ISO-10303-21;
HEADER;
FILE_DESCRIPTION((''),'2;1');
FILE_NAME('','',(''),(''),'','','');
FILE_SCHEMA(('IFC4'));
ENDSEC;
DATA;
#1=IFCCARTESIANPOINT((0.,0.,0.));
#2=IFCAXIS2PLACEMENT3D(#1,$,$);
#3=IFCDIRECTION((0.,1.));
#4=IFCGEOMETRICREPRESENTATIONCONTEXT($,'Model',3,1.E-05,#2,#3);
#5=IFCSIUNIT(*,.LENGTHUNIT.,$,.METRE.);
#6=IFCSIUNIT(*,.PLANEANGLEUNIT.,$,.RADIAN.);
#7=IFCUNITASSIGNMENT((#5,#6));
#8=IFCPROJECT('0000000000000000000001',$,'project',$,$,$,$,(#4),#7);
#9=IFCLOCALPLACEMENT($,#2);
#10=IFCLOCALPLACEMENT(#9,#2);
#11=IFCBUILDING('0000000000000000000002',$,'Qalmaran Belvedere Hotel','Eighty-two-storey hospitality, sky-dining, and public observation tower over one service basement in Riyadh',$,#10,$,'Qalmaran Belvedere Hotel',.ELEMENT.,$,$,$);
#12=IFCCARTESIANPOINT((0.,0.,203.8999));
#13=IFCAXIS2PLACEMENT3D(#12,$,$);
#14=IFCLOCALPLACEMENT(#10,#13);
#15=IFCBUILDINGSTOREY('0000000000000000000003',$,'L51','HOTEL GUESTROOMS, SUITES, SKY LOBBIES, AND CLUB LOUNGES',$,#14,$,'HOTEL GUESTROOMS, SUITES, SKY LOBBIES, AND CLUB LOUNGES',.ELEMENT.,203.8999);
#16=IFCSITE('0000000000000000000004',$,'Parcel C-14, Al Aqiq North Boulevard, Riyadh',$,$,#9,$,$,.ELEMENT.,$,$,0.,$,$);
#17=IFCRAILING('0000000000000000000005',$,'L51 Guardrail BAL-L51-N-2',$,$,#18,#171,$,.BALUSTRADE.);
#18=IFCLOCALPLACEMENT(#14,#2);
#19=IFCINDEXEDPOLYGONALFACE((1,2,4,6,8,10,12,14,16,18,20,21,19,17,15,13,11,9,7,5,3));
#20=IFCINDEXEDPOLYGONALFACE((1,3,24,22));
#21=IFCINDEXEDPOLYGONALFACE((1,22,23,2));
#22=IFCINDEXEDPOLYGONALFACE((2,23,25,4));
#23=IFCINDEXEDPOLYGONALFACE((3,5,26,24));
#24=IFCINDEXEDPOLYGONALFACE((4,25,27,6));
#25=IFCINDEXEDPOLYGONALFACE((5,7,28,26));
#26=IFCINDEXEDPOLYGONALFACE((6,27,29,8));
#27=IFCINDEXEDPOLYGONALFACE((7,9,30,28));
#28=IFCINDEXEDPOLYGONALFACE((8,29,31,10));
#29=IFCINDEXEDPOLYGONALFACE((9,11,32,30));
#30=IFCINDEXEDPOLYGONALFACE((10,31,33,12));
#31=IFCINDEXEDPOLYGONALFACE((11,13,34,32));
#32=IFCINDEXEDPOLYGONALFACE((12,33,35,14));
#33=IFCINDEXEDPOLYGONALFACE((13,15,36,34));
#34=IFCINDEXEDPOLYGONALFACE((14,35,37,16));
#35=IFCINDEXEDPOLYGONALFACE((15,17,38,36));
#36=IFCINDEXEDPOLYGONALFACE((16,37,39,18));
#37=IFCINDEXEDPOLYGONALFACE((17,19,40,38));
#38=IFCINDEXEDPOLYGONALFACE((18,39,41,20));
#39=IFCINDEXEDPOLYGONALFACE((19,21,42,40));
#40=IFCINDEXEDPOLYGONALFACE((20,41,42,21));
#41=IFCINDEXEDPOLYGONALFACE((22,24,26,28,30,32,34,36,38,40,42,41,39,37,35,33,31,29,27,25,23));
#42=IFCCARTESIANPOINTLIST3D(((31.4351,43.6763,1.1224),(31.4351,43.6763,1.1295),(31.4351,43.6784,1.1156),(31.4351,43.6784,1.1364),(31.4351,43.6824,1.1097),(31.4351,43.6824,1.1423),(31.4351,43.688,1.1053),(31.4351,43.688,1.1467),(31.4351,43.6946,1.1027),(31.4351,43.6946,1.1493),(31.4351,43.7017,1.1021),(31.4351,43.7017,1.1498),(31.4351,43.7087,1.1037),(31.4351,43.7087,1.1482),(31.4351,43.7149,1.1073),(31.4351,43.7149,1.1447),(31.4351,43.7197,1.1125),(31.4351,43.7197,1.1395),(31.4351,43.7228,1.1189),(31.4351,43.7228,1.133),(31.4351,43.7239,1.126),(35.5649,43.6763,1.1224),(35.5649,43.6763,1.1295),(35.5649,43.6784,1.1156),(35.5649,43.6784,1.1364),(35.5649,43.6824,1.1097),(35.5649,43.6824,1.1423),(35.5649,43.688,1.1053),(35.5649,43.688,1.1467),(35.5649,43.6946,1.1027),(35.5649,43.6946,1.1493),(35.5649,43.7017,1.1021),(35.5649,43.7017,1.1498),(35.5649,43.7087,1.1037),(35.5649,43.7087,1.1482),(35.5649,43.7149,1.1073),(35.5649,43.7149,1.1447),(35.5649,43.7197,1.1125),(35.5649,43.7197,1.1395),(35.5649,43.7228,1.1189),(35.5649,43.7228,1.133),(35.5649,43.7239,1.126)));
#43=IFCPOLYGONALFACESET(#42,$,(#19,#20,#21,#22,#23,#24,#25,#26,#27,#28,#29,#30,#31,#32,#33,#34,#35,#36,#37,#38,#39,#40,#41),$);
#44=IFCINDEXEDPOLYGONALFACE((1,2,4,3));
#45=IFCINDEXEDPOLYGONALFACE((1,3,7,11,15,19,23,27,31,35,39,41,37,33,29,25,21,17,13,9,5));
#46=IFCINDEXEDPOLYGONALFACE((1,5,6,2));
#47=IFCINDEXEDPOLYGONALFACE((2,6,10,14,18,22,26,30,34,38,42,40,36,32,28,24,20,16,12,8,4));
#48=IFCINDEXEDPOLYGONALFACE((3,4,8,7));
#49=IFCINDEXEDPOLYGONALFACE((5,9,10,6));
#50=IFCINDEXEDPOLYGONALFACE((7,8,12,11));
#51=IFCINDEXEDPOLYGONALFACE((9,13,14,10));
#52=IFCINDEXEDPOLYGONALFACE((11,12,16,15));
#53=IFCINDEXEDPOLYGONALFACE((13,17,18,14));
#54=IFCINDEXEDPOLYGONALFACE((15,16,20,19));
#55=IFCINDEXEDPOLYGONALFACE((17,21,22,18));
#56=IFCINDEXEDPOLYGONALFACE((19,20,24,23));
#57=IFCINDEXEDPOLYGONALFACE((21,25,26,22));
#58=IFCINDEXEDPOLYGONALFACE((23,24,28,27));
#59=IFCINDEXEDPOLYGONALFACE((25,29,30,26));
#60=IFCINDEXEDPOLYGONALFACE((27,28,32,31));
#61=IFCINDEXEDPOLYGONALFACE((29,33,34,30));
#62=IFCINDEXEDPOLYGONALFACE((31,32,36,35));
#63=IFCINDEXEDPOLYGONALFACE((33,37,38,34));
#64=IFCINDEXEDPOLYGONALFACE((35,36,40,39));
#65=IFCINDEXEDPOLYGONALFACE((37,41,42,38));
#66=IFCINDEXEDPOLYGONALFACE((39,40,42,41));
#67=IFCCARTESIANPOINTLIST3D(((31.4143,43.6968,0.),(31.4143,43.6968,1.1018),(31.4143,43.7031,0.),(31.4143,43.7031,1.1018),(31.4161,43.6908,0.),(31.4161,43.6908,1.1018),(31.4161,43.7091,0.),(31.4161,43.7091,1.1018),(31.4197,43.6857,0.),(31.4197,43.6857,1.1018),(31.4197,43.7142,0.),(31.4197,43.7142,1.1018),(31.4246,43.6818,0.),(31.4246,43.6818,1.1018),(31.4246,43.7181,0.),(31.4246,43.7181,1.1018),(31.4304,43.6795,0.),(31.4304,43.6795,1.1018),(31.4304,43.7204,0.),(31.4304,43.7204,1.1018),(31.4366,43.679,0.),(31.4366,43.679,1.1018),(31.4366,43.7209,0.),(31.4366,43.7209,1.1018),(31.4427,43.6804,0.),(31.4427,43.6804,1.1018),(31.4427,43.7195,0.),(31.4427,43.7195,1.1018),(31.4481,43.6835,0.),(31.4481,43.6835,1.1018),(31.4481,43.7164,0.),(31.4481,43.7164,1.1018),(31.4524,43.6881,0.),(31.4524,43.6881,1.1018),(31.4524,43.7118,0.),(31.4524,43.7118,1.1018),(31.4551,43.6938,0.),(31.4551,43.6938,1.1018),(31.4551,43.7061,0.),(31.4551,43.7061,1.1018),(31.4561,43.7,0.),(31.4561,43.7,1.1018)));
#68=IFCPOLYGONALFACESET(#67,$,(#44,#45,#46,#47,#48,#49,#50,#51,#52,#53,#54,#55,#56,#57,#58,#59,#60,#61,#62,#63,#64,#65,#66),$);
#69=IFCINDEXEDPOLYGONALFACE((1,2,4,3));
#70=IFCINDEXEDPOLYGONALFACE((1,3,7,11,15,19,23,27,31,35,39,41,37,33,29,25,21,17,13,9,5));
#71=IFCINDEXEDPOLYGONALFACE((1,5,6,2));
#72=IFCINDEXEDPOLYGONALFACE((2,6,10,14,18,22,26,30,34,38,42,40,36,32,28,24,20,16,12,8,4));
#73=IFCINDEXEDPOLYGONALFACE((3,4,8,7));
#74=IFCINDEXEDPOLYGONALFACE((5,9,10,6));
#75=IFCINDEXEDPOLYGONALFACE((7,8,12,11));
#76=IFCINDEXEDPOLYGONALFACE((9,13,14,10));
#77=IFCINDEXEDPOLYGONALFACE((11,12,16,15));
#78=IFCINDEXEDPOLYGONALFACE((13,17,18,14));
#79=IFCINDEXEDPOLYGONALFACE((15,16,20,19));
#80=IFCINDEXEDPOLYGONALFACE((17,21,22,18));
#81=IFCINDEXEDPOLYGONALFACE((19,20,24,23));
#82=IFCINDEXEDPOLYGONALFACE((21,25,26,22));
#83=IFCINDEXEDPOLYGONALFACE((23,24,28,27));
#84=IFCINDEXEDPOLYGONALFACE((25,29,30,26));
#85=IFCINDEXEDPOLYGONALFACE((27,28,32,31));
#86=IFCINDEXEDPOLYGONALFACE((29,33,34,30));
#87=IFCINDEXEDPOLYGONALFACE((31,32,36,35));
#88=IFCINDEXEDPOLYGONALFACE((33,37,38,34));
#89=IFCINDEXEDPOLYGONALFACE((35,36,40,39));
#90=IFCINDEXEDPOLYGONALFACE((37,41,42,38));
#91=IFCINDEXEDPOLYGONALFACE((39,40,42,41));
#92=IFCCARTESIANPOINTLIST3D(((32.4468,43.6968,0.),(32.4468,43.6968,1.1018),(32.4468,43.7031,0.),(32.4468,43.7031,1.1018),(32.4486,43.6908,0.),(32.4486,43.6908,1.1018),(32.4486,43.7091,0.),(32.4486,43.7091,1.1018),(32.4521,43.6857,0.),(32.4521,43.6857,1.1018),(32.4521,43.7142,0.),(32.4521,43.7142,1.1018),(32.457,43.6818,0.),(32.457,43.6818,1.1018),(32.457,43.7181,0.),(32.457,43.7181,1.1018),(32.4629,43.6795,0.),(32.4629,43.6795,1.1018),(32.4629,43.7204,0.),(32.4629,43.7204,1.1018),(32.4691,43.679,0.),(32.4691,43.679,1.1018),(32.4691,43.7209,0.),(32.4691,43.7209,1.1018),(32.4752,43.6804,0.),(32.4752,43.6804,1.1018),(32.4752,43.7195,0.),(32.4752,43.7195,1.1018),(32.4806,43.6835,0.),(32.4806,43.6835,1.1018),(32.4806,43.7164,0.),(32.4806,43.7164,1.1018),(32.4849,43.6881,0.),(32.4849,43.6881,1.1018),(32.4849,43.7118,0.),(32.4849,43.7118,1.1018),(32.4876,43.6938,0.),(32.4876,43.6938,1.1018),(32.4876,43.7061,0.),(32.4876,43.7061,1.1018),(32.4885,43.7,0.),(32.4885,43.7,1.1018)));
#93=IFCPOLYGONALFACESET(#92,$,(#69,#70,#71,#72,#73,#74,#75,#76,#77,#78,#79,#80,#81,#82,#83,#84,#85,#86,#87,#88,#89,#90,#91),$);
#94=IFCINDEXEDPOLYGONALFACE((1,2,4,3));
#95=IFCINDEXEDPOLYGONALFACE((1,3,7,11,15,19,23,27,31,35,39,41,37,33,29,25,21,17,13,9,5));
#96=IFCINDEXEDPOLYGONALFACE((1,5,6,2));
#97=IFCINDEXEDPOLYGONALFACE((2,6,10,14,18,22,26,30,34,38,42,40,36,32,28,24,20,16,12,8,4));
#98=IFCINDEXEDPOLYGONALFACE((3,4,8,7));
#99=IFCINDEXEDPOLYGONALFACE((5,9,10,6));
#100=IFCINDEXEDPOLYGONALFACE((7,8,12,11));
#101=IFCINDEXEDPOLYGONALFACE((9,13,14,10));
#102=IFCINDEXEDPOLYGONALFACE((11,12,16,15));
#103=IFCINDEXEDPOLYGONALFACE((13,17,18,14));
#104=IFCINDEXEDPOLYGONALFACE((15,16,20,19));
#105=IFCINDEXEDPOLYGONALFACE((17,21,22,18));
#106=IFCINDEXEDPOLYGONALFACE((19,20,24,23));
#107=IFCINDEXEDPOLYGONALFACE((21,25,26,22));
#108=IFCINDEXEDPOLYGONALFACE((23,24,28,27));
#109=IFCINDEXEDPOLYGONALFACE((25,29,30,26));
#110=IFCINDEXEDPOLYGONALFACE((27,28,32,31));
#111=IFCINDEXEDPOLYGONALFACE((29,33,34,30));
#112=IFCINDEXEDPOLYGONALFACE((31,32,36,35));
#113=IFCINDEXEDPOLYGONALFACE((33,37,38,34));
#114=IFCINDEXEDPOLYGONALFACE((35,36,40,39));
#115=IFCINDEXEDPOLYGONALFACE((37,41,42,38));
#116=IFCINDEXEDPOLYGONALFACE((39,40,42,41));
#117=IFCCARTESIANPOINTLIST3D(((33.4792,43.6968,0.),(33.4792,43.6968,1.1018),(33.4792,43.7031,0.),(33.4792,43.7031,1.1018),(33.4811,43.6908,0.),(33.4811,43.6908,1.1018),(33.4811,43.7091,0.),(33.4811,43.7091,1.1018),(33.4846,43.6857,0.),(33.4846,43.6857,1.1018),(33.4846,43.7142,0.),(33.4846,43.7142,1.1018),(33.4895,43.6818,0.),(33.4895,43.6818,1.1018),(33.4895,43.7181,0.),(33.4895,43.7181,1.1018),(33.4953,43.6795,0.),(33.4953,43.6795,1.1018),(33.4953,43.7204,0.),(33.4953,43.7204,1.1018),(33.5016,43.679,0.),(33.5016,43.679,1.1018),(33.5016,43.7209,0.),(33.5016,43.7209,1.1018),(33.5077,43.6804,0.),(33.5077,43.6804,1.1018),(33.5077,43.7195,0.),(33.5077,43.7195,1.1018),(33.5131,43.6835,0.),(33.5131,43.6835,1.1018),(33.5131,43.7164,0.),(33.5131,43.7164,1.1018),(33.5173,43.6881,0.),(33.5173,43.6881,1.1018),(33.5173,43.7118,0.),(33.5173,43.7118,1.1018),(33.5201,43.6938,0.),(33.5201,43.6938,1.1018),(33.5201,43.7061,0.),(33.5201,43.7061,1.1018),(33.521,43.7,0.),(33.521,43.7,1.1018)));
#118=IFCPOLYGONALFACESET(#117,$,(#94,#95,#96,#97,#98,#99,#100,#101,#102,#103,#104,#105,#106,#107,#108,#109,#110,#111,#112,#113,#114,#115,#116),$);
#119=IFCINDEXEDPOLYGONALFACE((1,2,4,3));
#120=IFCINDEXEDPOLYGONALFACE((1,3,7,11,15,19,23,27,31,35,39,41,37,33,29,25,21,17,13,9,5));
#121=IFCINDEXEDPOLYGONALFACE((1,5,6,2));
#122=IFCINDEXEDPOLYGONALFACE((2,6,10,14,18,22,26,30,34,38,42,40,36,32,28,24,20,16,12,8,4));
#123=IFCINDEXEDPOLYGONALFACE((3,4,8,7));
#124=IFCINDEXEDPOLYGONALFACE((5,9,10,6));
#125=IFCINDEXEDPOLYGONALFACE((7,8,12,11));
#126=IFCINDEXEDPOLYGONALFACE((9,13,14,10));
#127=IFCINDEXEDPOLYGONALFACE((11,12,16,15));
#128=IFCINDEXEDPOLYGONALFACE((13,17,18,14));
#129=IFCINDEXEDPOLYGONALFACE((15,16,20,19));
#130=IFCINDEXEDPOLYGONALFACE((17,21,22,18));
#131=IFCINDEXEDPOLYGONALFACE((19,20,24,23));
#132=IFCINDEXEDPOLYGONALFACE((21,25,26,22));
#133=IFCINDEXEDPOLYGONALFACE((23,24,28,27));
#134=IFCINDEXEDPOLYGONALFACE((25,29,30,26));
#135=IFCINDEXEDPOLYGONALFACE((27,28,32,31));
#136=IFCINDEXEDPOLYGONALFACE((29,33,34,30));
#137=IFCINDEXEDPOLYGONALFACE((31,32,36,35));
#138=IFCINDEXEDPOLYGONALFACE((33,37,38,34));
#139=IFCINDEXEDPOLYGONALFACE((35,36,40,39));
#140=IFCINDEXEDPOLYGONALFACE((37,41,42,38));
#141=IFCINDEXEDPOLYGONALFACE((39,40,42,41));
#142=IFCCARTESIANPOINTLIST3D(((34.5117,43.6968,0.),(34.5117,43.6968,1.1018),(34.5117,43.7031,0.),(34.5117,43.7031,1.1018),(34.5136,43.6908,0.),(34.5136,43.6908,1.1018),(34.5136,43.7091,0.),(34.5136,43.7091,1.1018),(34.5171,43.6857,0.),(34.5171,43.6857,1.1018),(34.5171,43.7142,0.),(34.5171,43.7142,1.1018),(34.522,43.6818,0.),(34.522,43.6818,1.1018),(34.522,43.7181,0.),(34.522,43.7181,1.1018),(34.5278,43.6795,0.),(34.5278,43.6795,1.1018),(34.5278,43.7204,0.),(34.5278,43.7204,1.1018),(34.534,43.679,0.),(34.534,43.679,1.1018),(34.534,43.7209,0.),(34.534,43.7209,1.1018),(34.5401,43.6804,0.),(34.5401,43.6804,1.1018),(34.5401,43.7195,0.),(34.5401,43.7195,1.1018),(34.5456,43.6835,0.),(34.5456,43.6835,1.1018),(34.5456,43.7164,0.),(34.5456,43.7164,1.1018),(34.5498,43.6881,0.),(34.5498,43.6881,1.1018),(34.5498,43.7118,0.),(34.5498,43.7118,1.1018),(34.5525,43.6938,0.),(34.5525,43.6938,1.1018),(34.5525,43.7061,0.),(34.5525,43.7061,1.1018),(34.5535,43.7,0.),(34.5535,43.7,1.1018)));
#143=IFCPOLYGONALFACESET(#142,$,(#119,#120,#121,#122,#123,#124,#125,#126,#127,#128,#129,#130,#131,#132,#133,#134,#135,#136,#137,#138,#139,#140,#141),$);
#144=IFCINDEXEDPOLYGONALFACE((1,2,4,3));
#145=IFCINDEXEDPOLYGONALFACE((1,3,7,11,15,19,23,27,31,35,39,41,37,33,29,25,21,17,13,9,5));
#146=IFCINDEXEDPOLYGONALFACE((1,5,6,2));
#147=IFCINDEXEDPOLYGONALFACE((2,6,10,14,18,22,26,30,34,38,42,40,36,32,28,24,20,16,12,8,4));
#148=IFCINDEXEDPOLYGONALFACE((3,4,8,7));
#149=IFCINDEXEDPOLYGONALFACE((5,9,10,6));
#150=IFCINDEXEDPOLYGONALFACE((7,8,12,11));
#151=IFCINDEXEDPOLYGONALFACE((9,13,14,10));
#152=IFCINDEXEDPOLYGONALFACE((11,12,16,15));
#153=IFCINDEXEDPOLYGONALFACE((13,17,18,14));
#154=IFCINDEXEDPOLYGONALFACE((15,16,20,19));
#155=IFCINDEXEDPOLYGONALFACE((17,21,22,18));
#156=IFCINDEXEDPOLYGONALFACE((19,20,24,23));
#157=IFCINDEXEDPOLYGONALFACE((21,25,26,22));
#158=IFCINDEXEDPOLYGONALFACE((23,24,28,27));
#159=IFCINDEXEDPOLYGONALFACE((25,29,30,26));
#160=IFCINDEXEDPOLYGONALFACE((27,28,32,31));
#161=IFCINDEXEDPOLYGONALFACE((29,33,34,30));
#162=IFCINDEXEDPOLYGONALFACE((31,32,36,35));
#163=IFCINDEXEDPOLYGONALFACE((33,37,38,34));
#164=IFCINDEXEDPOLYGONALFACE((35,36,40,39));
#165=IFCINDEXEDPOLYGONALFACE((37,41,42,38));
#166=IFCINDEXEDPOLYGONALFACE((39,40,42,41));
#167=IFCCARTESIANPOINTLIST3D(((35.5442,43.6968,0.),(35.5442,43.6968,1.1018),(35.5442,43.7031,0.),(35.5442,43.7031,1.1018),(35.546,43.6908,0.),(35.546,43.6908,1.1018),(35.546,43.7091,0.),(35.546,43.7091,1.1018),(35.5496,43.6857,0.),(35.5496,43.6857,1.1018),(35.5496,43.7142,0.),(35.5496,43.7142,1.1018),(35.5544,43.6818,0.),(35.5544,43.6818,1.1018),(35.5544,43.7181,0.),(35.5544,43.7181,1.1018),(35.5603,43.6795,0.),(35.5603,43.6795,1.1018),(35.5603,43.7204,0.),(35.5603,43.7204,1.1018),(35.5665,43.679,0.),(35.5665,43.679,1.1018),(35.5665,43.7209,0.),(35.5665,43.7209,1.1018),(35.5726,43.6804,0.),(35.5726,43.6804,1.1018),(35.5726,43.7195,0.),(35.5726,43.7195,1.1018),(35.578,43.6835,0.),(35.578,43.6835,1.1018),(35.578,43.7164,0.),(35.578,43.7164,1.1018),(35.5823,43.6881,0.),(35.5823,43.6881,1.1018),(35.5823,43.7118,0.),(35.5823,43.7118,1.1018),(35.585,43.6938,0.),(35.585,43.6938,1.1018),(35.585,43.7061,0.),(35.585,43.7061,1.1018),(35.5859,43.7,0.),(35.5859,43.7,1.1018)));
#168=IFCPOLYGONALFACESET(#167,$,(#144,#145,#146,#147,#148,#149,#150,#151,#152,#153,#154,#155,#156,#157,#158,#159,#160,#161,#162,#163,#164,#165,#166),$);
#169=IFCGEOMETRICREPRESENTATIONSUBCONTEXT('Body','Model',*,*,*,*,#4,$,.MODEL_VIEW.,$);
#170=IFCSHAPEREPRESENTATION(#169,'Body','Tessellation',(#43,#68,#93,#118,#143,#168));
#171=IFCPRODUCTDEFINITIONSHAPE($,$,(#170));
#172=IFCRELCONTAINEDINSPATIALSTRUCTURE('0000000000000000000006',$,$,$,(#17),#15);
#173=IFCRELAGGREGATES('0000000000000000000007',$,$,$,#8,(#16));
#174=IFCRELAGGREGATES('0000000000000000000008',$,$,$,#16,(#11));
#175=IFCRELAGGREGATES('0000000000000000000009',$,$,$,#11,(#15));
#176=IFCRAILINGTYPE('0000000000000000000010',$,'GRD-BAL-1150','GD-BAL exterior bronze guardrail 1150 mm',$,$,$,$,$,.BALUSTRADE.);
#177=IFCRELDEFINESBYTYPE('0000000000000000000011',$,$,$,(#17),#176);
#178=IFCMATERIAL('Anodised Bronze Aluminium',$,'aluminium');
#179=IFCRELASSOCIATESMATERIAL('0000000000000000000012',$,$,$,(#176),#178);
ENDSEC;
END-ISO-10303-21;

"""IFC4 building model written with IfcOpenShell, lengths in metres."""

from ifc_helpers import new_model, si_unit, direction, frame, origin, origin_2d, place, context, subcontext, project, spatial, circle, extrude, material, type_object, element, save


model = new_model("IFC4")

# Units and contexts
model_context = context("Model", 3, precision=1e-05, world=origin(), true_north=direction((0.0, 1.0)))
body_context = subcontext(model_context, "Body", "Model", "MODEL_VIEW")
ifc_project = project(units=[si_unit("LENGTHUNIT", "METRE"), si_unit("PLANEANGLEUNIT", "RADIAN")], contexts=[model_context])

# Site, building, storey
site_placement = place(None, origin())
site = spatial("IfcSite", under=ifc_project, at=site_placement, Name="Parcel C-14, Al Aqiq North Boulevard, Riyadh", CompositionType="ELEMENT", RefElevation=0.0)
building_placement = place(site_placement, origin())
building = spatial("IfcBuilding", under=site, at=building_placement, Name="Qalmaran Belvedere Hotel", Description="Eighty-two-storey hospitality, sky-dining, and public observation tower over one service basement in Riyadh", LongName="Qalmaran Belvedere Hotel", CompositionType="ELEMENT")
storey_placement = place(building_placement, frame((0.0, 0.0, 203.8999)))
storey = spatial("IfcBuildingStorey", under=building, at=storey_placement, Name="L51", Description="HOTEL GUESTROOMS, SUITES, SKY LOBBIES, AND CLUB LOUNGES", LongName="HOTEL GUESTROOMS, SUITES, SKY LOBBIES, AND CLUB LOUNGES", CompositionType="ELEMENT", Elevation=203.8999)

# Shared definitions
ifc_material_1 = material(Name="Anodised Bronze Aluminium", Category="aluminium")

# Railing
railing_type = type_object("IfcRailingType", Name="GRD-BAL-1150", Description="GD-BAL exterior bronze guardrail 1150 mm", PredefinedType="BALUSTRADE", material=ifc_material_1)
railing_1_placement = place(storey_placement, frame((31.4351, 43.7, 0.0)))
element("IfcRailing", 1, at=railing_1_placement, inside=storey, type_object=railing_type, Name="L51 Guardrail BAL-L51-N-2", PredefinedType="BALUSTRADE", context=body_context, shape_type="SweptSolid", body=[
    extrude(circle(Radius=0.0239, at=origin_2d()), frame((0.0, 0.0, 1.126), z_axis=(1.0, 0.0, 0.0), x_axis=(0.0, 1.0, 0.0)), (0.0, 0.0, 1.0), 4.1299),
    extrude(circle(Radius=0.021, at=origin_2d()), origin(), (0.0, 0.0, 1.0), 1.1018),
    extrude(circle(Radius=0.021, at=origin_2d()), frame((1.0325, 0.0, 0.0)), (0.0, 0.0, 1.0), 1.1018),
    extrude(circle(Radius=0.021, at=origin_2d()), frame((2.0649, 0.0, 0.0)), (0.0, 0.0, 1.0), 1.1018),
    extrude(circle(Radius=0.021, at=origin_2d()), frame((3.0974, 0.0, 0.0)), (0.0, 0.0, 1.0), 1.1018),
    extrude(circle(Radius=0.021, at=origin_2d()), frame((4.1299, 0.0, 0.0)), (0.0, 0.0, 1.0), 1.1018),
])

save(model, "model.ifc")
